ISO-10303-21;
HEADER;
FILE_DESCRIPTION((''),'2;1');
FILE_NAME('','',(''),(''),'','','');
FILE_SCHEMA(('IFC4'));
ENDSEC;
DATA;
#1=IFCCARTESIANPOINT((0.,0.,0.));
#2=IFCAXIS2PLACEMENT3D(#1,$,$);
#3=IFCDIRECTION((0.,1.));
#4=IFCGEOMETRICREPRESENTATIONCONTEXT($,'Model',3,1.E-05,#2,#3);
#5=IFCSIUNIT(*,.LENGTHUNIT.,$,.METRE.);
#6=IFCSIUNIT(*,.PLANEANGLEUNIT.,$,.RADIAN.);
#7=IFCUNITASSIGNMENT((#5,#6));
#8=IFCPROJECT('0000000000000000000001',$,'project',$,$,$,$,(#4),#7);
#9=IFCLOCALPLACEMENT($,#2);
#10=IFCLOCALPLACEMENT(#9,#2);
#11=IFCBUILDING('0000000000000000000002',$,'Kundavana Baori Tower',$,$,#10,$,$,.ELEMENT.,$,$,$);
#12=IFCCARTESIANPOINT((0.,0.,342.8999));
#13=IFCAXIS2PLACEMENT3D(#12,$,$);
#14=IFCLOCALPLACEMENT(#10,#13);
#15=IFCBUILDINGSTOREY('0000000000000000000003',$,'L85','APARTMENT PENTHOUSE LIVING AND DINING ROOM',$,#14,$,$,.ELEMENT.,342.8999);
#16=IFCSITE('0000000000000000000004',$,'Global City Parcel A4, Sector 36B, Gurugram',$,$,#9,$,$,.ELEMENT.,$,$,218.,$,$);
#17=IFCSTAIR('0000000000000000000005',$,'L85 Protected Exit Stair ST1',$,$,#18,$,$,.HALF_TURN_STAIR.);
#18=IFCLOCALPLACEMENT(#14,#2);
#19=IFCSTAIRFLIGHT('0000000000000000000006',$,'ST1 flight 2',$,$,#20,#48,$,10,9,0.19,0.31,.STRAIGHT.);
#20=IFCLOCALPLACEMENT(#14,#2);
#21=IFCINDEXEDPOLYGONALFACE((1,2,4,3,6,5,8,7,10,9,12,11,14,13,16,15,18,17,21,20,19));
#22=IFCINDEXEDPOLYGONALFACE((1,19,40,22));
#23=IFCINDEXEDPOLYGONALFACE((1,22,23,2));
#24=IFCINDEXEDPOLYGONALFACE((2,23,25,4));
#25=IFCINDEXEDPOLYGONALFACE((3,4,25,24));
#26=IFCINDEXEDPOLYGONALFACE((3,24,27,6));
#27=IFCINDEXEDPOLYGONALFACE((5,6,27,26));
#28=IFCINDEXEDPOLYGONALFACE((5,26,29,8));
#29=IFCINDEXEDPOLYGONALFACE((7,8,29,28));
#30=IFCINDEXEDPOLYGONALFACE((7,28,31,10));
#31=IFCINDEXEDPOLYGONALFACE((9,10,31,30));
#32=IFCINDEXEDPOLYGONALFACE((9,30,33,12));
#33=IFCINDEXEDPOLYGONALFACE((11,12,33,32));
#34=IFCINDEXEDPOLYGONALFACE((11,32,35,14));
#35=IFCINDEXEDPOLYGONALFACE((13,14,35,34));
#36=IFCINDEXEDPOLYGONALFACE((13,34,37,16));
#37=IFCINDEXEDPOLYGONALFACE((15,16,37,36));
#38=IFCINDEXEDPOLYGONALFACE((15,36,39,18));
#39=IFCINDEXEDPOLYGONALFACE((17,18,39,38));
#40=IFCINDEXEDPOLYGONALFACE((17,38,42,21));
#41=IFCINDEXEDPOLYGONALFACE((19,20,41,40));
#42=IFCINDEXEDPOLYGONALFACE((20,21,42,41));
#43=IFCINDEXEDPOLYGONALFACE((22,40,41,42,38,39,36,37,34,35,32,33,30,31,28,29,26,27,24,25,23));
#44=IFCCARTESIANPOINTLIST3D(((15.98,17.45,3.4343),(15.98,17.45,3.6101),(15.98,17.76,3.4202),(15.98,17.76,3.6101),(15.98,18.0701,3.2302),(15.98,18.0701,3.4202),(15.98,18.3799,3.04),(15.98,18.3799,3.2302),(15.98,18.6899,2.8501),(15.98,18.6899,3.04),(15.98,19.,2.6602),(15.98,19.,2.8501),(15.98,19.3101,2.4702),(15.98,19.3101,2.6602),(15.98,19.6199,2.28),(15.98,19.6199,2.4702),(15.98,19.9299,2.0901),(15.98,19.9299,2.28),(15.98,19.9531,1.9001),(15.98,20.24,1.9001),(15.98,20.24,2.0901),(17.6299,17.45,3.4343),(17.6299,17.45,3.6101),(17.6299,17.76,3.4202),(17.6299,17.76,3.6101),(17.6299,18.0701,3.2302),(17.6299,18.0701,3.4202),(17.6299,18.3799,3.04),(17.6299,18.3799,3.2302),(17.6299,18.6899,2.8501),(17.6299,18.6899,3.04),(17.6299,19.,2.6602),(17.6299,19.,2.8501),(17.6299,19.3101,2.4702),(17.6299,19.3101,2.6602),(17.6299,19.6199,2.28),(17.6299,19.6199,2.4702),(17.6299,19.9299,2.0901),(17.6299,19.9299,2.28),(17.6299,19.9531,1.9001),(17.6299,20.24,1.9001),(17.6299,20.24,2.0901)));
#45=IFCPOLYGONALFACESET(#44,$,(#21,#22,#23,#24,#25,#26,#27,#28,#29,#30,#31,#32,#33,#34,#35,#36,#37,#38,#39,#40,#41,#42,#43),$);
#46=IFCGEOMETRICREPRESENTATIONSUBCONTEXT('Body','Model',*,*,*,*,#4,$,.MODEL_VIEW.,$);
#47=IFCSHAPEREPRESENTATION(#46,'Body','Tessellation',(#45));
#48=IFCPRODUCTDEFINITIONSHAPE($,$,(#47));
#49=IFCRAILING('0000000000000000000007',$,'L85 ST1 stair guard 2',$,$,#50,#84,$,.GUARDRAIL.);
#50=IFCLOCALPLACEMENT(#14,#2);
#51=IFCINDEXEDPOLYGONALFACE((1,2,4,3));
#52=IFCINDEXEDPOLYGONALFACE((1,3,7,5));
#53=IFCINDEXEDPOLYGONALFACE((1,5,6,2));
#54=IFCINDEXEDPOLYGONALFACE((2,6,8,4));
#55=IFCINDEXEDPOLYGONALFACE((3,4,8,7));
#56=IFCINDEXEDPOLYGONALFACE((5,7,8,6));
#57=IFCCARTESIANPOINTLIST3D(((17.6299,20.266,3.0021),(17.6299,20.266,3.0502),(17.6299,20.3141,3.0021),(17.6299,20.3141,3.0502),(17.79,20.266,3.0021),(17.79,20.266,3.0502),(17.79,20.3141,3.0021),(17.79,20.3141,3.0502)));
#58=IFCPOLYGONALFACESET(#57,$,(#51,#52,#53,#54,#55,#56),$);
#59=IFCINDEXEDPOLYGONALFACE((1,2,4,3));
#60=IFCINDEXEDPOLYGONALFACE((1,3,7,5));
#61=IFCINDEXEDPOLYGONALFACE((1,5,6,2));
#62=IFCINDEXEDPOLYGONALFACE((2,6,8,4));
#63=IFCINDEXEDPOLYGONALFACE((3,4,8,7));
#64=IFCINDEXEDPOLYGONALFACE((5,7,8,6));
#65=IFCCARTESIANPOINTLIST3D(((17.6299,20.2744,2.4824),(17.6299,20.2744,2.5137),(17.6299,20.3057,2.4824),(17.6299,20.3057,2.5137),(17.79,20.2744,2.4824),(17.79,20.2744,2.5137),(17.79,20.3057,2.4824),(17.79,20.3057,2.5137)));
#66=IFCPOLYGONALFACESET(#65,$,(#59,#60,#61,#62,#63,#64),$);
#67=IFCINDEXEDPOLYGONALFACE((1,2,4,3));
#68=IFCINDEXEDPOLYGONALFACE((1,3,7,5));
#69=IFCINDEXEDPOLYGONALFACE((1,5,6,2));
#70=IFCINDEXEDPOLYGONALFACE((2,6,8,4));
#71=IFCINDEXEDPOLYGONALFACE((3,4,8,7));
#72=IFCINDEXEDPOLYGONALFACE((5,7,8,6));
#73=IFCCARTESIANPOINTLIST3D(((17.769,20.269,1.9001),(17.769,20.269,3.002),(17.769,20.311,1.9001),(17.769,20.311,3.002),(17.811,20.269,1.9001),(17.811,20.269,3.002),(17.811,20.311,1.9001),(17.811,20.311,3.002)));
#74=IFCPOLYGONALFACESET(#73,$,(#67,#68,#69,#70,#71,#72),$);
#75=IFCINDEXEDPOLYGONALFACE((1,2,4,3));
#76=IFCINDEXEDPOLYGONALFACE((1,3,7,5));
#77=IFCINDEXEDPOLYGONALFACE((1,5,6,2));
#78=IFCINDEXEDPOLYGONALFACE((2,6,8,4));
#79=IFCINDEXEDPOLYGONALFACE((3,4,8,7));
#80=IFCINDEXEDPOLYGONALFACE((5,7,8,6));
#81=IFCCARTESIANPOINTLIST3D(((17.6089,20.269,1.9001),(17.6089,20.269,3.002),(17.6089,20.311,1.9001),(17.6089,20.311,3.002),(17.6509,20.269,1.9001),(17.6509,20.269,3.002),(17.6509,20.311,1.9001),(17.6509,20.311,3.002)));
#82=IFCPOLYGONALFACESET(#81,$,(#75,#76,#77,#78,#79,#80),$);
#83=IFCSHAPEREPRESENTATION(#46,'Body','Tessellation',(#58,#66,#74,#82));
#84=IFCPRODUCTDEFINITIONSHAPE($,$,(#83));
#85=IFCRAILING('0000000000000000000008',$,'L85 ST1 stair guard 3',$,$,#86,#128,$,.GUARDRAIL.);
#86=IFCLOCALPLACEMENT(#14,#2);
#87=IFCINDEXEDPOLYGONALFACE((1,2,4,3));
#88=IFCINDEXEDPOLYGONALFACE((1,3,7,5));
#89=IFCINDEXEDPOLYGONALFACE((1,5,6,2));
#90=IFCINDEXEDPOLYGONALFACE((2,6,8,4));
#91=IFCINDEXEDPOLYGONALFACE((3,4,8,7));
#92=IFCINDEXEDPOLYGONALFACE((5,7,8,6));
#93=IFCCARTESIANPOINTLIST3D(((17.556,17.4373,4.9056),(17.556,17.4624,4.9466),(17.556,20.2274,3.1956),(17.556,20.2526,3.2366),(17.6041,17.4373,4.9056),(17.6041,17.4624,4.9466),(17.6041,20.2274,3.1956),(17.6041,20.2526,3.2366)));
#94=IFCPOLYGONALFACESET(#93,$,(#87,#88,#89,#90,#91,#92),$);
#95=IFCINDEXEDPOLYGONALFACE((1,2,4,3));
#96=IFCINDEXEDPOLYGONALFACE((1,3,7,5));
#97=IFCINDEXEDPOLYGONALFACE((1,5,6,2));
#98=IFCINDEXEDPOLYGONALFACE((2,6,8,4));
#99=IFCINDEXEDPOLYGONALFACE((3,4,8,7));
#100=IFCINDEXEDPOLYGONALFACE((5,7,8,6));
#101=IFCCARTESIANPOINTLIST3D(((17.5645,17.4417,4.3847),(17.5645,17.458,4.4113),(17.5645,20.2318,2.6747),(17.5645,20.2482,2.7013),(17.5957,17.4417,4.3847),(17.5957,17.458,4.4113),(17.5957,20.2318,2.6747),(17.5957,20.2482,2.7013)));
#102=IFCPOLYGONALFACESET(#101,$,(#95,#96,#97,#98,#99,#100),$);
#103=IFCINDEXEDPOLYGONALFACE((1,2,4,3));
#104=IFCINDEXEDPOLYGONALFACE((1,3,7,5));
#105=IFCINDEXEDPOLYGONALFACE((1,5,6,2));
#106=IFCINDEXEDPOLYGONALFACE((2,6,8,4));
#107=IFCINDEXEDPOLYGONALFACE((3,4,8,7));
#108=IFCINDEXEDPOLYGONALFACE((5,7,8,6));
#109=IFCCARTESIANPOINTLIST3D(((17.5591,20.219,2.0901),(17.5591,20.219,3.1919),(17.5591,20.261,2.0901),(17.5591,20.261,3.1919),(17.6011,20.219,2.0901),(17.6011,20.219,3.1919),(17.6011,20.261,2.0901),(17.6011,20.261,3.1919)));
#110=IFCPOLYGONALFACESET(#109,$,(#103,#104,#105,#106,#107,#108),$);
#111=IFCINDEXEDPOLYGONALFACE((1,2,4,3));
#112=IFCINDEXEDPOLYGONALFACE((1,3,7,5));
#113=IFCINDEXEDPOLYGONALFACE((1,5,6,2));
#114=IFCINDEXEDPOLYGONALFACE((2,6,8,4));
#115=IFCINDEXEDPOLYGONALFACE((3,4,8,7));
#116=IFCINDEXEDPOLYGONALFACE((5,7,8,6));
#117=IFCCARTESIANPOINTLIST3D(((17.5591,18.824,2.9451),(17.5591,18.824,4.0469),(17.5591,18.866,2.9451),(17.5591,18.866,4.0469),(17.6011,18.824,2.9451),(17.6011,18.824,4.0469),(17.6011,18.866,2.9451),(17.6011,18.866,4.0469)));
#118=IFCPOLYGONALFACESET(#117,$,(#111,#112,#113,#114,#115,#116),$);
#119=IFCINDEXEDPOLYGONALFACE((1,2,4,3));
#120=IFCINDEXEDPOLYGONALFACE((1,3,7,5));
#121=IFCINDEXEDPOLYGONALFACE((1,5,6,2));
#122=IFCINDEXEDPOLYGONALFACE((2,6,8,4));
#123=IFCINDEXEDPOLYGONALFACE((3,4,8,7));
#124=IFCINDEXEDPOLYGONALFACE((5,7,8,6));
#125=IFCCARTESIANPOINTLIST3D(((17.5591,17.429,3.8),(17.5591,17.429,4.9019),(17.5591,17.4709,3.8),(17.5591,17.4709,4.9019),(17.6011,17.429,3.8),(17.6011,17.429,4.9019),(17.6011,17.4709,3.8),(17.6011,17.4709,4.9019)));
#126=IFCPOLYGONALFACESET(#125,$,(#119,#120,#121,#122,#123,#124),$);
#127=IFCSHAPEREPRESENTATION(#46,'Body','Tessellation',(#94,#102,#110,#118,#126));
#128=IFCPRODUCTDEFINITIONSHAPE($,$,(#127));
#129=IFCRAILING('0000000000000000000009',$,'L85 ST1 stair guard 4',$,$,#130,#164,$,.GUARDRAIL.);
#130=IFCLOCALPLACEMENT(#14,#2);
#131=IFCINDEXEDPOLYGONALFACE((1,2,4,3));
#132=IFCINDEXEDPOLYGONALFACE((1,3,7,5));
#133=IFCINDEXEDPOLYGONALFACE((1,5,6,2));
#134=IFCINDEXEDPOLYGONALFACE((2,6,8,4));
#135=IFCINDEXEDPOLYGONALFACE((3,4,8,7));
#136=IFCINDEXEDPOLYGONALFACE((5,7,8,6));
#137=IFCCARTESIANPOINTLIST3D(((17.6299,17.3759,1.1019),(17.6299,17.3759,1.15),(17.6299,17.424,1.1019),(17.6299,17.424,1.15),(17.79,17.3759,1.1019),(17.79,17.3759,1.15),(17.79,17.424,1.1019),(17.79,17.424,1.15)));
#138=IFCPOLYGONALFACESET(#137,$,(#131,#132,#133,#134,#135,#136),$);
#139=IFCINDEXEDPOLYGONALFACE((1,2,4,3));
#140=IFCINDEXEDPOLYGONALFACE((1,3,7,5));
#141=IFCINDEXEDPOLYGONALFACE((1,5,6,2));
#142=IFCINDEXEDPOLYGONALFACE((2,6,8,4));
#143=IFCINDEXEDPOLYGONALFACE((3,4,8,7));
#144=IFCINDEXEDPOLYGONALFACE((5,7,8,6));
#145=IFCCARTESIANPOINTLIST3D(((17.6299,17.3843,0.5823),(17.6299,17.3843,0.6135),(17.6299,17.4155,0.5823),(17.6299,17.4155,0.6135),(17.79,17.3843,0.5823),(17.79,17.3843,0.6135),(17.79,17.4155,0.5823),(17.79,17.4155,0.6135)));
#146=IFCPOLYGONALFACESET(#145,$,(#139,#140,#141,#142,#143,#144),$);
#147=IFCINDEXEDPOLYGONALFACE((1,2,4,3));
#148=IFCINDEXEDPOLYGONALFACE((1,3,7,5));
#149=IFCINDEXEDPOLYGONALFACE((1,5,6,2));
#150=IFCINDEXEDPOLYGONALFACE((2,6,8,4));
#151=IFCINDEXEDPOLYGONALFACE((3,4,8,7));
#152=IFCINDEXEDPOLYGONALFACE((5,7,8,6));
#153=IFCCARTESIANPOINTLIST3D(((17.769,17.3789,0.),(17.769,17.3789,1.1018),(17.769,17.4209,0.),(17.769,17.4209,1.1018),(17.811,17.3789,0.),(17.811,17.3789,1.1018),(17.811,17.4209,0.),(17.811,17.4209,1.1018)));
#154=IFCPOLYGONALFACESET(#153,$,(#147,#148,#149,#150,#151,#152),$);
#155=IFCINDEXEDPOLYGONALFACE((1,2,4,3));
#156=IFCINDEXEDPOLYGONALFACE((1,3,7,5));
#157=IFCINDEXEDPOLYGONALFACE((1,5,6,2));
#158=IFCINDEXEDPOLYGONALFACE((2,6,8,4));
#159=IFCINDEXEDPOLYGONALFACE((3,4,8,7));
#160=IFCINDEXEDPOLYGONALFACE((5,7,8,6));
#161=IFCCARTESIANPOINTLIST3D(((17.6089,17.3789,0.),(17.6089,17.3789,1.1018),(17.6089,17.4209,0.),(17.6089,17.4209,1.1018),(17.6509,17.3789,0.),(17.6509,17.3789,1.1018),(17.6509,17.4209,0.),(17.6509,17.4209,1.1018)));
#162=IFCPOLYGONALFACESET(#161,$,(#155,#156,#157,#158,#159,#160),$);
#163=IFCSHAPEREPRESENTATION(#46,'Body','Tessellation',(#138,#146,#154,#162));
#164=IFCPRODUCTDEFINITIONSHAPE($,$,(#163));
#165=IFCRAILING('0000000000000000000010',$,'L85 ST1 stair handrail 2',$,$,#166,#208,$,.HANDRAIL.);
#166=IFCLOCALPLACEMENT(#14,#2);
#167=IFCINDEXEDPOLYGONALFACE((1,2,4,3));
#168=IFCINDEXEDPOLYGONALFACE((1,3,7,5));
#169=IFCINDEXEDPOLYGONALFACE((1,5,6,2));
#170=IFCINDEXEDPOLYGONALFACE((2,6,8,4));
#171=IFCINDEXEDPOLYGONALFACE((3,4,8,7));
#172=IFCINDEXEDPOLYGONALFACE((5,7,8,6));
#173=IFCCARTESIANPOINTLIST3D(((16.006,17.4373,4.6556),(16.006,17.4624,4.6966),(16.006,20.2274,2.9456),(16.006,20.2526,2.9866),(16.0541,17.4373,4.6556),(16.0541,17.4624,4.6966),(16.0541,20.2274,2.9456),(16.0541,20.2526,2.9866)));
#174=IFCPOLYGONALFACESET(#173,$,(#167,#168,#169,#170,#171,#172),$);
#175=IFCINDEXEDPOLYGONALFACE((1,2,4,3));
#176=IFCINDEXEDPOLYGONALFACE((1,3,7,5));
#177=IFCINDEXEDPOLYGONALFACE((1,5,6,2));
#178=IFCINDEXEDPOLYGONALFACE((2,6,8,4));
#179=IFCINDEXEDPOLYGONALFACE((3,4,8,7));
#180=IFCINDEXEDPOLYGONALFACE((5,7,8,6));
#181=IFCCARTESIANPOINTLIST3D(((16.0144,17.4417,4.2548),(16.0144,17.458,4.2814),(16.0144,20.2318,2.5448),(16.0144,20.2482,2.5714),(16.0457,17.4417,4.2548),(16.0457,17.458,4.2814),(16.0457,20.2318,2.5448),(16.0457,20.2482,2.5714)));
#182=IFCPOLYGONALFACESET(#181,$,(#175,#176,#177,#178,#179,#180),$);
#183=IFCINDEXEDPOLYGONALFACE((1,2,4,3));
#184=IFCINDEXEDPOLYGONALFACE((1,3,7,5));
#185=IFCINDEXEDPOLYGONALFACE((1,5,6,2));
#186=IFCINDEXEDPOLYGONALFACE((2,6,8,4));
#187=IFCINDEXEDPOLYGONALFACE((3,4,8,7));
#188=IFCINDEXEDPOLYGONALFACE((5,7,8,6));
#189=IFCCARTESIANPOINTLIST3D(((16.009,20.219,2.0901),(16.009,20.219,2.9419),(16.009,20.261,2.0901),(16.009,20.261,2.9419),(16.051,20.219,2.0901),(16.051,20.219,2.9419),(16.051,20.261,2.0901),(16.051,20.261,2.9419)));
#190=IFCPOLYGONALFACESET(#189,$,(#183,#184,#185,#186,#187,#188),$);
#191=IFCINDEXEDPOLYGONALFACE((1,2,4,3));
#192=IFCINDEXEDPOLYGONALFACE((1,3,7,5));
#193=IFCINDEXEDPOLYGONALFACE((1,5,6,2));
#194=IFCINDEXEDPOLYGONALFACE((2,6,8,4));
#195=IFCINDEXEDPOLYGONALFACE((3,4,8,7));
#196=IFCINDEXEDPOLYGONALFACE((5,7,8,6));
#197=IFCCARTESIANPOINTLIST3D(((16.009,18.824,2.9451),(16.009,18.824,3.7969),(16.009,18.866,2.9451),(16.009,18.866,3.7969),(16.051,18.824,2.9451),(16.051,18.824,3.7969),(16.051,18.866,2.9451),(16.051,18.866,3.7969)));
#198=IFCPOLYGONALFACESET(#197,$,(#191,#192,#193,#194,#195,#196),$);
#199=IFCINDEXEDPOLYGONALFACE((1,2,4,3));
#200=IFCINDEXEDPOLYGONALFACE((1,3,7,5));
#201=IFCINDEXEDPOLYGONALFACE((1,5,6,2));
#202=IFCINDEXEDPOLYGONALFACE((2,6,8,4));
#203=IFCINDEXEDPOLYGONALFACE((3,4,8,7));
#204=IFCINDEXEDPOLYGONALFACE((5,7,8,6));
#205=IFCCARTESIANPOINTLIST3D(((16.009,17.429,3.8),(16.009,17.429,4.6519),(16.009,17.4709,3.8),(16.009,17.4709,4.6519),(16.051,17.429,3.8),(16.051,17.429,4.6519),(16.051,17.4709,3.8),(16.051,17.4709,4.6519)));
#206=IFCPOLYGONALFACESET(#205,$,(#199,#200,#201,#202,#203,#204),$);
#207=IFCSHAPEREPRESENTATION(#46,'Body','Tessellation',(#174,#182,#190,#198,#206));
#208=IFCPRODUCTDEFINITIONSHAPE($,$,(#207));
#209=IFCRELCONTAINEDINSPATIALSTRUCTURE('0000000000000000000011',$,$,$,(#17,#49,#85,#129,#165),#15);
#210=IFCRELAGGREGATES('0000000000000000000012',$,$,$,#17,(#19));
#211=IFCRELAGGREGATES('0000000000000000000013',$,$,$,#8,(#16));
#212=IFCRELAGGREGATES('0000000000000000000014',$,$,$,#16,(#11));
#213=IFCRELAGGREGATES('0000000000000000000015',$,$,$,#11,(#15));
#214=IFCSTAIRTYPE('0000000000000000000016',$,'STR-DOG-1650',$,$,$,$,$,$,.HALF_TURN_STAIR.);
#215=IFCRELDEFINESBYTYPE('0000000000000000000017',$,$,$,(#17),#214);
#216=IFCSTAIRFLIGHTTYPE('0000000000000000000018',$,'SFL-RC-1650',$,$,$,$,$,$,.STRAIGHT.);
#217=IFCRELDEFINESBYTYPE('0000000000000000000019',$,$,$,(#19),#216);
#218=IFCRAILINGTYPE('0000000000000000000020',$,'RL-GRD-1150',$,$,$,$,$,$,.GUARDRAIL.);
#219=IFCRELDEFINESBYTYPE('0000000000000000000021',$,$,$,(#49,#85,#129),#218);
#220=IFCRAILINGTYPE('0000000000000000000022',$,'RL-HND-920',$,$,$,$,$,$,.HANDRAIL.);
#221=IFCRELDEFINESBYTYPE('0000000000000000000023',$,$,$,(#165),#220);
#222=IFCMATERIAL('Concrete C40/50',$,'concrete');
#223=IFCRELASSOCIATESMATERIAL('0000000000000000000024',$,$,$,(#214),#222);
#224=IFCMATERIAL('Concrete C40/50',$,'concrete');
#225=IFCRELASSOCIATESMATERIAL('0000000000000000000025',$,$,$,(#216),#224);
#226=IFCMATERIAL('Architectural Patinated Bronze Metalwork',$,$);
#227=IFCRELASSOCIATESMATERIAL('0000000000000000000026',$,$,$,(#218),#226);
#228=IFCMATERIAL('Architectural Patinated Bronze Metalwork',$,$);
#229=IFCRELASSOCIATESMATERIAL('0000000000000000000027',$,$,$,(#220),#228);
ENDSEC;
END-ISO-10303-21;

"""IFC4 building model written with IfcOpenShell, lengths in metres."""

from ifc_helpers import new_model, si_unit, direction, frame, origin, origin_2d, place, context, subcontext, project, spatial, polyline, rectangle, outline, extrude, material, type_object, element, aggregate, save


model = new_model("IFC4")

# Units and contexts
model_context = context("Model", 3, precision=1e-05, world=origin(), true_north=direction((0.0, 1.0)))
body_context = subcontext(model_context, "Body", "Model", "MODEL_VIEW")
ifc_project = project(units=[si_unit("LENGTHUNIT", "METRE"), si_unit("PLANEANGLEUNIT", "RADIAN")], contexts=[model_context])

# Site, building, storey
site_placement = place(None, origin())
site = spatial("IfcSite", under=ifc_project, at=site_placement, Name="Global City Parcel A4, Sector 36B, Gurugram", CompositionType="ELEMENT", RefElevation=218.0)
building_placement = place(site_placement, origin())
building = spatial("IfcBuilding", under=site, at=building_placement, Name="Kundavana Baori Tower", CompositionType="ELEMENT")
storey_placement = place(building_placement, frame((0.0, 0.0, 342.8999)))
storey = spatial("IfcBuildingStorey", under=building, at=storey_placement, Name="L85", Description="APARTMENT PENTHOUSE LIVING AND DINING ROOM", CompositionType="ELEMENT", Elevation=342.8999)

# Stair, stair flight
ifc_material_1 = material(Name="Concrete C40/50", Category="concrete")
stair_type = type_object("IfcStairType", Name="STR-DOG-1650", PredefinedType="HALF_TURN_STAIR", material=ifc_material_1)
stair_placement = place(storey_placement, origin())
stair = element("IfcStair", 1, at=stair_placement, inside=storey, type_object=stair_type, Name="L85 Protected Exit Stair ST1", PredefinedType="HALF_TURN_STAIR")
ifc_material_2 = material(Name="Concrete C40/50", Category="concrete")
stair_flight_type = type_object("IfcStairFlightType", Name="SFL-RC-1650", PredefinedType="STRAIGHT", material=ifc_material_2)
stair_flight_placement = place(storey_placement, frame((16.8049, 20.24, 1.9001), z_axis=(0.0, 0.0, 1.0), x_axis=(0.0, -1.0, 0.0)))
stair_flight = element("IfcStairFlight", 2, at=stair_flight_placement, type_object=stair_flight_type, Name="ST1 flight 2", NumberOfRisers=10, NumberOfTreads=9, PredefinedType="STRAIGHT", RiserHeight=0.19, TreadLength=0.31, context=body_context, shape_type="SweptSolid", body=[
    extrude(outline(polyline([(0.0, 0.0), (0.0, 0.1899), (0.3101, 0.1899), (0.3101, 0.3799), (0.6201, 0.3799), (0.6201, 0.5701), (0.9299, 0.5701), (0.9299, 0.76), (1.24, 0.76), (1.24, 0.95), (1.55, 0.95), (1.55, 1.1399), (1.8601, 1.1399), (1.8601, 1.3301), (2.1699, 1.3301), (2.1699, 1.52), (2.48, 1.52), (2.48, 1.71), (2.79, 1.71), (2.79, 1.8999), (2.79, 1.5342), (0.2869, 0.0), (0.0, 0.0)])), frame((0.0, 0.825, 0.0), z_axis=(0.0, -1.0, 0.0), x_axis=(1.0, 0.0, 0.0)), (0.0, 0.0, 1.0), 1.6499),
])
aggregate(stair, [stair_flight])

# Railings
ifc_material_3 = material(Name="Architectural Patinated Bronze Metalwork")
railing_type_1 = type_object("IfcRailingType", Name="RL-GRD-1150", PredefinedType="GUARDRAIL", material=ifc_material_3)
railing_1_placement = place(storey_placement, frame((17.79, 20.29, 1.9001)))
element("IfcRailing", 3, at=railing_1_placement, inside=storey, type_object=railing_type_1, Name="L85 ST1 stair guard 2", PredefinedType="GUARDRAIL", context=body_context, shape_type="SweptSolid", body=[
    extrude(rectangle(XDim=0.0481, YDim=0.0481, at=origin_2d()), frame((0.0, 0.0, 1.126), z_axis=(-1.0, 0.0, 0.0), x_axis=(0.0, -1.0, 0.0)), (0.0, 0.0, 1.0), 0.1602),
    extrude(rectangle(XDim=0.0312, YDim=0.0312, at=origin_2d()), frame((0.0, 0.0, 0.5979), z_axis=(-1.0, 0.0, 0.0), x_axis=(0.0, -1.0, 0.0)), (0.0, 0.0, 1.0), 0.1602),
    extrude(rectangle(XDim=0.042, YDim=0.042, at=origin_2d()), origin(), (0.0, 0.0, 1.0), 1.1018),
    extrude(rectangle(XDim=0.042, YDim=0.042, at=origin_2d()), frame((-0.1602, 0.0, 0.0)), (0.0, 0.0, 1.0), 1.1018),
])
railing_2_placement = place(storey_placement, frame((17.5801, 20.24, 2.0901)))
element("IfcRailing", 4, at=railing_2_placement, inside=storey, type_object=railing_type_1, Name="L85 ST1 stair guard 3", PredefinedType="GUARDRAIL", context=body_context, shape_type="SweptSolid", body=[
    extrude(rectangle(XDim=0.0481, YDim=0.0481, at=origin_2d()), frame((0.0, 0.0, 1.126), z_axis=(0.0, -0.85261, 0.522548), x_axis=(1.0, 0.0, 0.0)), (0.0, 0.0, 1.0), 3.2725),
    extrude(rectangle(XDim=0.0312, YDim=0.0312, at=origin_2d()), frame((0.0, 0.0, 0.5979), z_axis=(0.0, -0.85261, 0.522548), x_axis=(1.0, 0.0, 0.0)), (0.0, 0.0, 1.0), 3.2725),
    extrude(rectangle(XDim=0.042, YDim=0.042, at=origin_2d()), origin(), (0.0, 0.0, 1.0), 1.1018),
    extrude(rectangle(XDim=0.042, YDim=0.042, at=origin_2d()), frame((0.0, -1.395, 0.855)), (0.0, 0.0, 1.0), 1.1018),
    extrude(rectangle(XDim=0.042, YDim=0.042, at=origin_2d()), frame((0.0, -2.79, 1.71)), (0.0, 0.0, 1.0), 1.1018),
])
railing_3_placement = place(storey_placement, frame((17.79, 17.3999, 0.0)))
element("IfcRailing", 5, at=railing_3_placement, inside=storey, type_object=railing_type_1, Name="L85 ST1 stair guard 4", PredefinedType="GUARDRAIL", context=body_context, shape_type="SweptSolid", body=[
    extrude(rectangle(XDim=0.0481, YDim=0.0481, at=origin_2d()), frame((0.0, 0.0, 1.126), z_axis=(-1.0, 0.0, 0.0), x_axis=(0.0, -1.0, 0.0)), (0.0, 0.0, 1.0), 0.1602),
    extrude(rectangle(XDim=0.0312, YDim=0.0312, at=origin_2d()), frame((0.0, 0.0, 0.5979), z_axis=(-1.0, 0.0, 0.0), x_axis=(0.0, -1.0, 0.0)), (0.0, 0.0, 1.0), 0.1602),
    extrude(rectangle(XDim=0.042, YDim=0.042, at=origin_2d()), origin(), (0.0, 0.0, 1.0), 1.1018),
    extrude(rectangle(XDim=0.042, YDim=0.042, at=origin_2d()), frame((-0.1602, 0.0, 0.0)), (0.0, 0.0, 1.0), 1.1018),
])
ifc_material_4 = material(Name="Architectural Patinated Bronze Metalwork")
railing_type_2 = type_object("IfcRailingType", Name="RL-HND-920", PredefinedType="HANDRAIL", material=ifc_material_4)
railing_4_placement = place(storey_placement, frame((16.03, 20.24, 2.0901)))
element("IfcRailing", 6, at=railing_4_placement, inside=storey, type_object=railing_type_2, Name="L85 ST1 stair handrail 2", PredefinedType="HANDRAIL", context=body_context, shape_type="SweptSolid", body=[
    extrude(rectangle(XDim=0.0481, YDim=0.0481, at=origin_2d()), frame((0.0, 0.0, 0.876), z_axis=(0.0, -0.85261, 0.522548), x_axis=(1.0, 0.0, 0.0)), (0.0, 0.0, 1.0), 3.2725),
    extrude(rectangle(XDim=0.0312, YDim=0.0312, at=origin_2d()), frame((0.0, 0.0, 0.468), z_axis=(0.0, -0.85261, 0.522548), x_axis=(1.0, 0.0, 0.0)), (0.0, 0.0, 1.0), 3.2725),
    extrude(rectangle(XDim=0.042, YDim=0.042, at=origin_2d()), origin(), (0.0, 0.0, 1.0), 0.8518),
    extrude(rectangle(XDim=0.042, YDim=0.042, at=origin_2d()), frame((0.0, -1.395, 0.855)), (0.0, 0.0, 1.0), 0.8518),
    extrude(rectangle(XDim=0.042, YDim=0.042, at=origin_2d()), frame((0.0, -2.79, 1.71)), (0.0, 0.0, 1.0), 0.8518),
])

save(model, "model.ifc")
